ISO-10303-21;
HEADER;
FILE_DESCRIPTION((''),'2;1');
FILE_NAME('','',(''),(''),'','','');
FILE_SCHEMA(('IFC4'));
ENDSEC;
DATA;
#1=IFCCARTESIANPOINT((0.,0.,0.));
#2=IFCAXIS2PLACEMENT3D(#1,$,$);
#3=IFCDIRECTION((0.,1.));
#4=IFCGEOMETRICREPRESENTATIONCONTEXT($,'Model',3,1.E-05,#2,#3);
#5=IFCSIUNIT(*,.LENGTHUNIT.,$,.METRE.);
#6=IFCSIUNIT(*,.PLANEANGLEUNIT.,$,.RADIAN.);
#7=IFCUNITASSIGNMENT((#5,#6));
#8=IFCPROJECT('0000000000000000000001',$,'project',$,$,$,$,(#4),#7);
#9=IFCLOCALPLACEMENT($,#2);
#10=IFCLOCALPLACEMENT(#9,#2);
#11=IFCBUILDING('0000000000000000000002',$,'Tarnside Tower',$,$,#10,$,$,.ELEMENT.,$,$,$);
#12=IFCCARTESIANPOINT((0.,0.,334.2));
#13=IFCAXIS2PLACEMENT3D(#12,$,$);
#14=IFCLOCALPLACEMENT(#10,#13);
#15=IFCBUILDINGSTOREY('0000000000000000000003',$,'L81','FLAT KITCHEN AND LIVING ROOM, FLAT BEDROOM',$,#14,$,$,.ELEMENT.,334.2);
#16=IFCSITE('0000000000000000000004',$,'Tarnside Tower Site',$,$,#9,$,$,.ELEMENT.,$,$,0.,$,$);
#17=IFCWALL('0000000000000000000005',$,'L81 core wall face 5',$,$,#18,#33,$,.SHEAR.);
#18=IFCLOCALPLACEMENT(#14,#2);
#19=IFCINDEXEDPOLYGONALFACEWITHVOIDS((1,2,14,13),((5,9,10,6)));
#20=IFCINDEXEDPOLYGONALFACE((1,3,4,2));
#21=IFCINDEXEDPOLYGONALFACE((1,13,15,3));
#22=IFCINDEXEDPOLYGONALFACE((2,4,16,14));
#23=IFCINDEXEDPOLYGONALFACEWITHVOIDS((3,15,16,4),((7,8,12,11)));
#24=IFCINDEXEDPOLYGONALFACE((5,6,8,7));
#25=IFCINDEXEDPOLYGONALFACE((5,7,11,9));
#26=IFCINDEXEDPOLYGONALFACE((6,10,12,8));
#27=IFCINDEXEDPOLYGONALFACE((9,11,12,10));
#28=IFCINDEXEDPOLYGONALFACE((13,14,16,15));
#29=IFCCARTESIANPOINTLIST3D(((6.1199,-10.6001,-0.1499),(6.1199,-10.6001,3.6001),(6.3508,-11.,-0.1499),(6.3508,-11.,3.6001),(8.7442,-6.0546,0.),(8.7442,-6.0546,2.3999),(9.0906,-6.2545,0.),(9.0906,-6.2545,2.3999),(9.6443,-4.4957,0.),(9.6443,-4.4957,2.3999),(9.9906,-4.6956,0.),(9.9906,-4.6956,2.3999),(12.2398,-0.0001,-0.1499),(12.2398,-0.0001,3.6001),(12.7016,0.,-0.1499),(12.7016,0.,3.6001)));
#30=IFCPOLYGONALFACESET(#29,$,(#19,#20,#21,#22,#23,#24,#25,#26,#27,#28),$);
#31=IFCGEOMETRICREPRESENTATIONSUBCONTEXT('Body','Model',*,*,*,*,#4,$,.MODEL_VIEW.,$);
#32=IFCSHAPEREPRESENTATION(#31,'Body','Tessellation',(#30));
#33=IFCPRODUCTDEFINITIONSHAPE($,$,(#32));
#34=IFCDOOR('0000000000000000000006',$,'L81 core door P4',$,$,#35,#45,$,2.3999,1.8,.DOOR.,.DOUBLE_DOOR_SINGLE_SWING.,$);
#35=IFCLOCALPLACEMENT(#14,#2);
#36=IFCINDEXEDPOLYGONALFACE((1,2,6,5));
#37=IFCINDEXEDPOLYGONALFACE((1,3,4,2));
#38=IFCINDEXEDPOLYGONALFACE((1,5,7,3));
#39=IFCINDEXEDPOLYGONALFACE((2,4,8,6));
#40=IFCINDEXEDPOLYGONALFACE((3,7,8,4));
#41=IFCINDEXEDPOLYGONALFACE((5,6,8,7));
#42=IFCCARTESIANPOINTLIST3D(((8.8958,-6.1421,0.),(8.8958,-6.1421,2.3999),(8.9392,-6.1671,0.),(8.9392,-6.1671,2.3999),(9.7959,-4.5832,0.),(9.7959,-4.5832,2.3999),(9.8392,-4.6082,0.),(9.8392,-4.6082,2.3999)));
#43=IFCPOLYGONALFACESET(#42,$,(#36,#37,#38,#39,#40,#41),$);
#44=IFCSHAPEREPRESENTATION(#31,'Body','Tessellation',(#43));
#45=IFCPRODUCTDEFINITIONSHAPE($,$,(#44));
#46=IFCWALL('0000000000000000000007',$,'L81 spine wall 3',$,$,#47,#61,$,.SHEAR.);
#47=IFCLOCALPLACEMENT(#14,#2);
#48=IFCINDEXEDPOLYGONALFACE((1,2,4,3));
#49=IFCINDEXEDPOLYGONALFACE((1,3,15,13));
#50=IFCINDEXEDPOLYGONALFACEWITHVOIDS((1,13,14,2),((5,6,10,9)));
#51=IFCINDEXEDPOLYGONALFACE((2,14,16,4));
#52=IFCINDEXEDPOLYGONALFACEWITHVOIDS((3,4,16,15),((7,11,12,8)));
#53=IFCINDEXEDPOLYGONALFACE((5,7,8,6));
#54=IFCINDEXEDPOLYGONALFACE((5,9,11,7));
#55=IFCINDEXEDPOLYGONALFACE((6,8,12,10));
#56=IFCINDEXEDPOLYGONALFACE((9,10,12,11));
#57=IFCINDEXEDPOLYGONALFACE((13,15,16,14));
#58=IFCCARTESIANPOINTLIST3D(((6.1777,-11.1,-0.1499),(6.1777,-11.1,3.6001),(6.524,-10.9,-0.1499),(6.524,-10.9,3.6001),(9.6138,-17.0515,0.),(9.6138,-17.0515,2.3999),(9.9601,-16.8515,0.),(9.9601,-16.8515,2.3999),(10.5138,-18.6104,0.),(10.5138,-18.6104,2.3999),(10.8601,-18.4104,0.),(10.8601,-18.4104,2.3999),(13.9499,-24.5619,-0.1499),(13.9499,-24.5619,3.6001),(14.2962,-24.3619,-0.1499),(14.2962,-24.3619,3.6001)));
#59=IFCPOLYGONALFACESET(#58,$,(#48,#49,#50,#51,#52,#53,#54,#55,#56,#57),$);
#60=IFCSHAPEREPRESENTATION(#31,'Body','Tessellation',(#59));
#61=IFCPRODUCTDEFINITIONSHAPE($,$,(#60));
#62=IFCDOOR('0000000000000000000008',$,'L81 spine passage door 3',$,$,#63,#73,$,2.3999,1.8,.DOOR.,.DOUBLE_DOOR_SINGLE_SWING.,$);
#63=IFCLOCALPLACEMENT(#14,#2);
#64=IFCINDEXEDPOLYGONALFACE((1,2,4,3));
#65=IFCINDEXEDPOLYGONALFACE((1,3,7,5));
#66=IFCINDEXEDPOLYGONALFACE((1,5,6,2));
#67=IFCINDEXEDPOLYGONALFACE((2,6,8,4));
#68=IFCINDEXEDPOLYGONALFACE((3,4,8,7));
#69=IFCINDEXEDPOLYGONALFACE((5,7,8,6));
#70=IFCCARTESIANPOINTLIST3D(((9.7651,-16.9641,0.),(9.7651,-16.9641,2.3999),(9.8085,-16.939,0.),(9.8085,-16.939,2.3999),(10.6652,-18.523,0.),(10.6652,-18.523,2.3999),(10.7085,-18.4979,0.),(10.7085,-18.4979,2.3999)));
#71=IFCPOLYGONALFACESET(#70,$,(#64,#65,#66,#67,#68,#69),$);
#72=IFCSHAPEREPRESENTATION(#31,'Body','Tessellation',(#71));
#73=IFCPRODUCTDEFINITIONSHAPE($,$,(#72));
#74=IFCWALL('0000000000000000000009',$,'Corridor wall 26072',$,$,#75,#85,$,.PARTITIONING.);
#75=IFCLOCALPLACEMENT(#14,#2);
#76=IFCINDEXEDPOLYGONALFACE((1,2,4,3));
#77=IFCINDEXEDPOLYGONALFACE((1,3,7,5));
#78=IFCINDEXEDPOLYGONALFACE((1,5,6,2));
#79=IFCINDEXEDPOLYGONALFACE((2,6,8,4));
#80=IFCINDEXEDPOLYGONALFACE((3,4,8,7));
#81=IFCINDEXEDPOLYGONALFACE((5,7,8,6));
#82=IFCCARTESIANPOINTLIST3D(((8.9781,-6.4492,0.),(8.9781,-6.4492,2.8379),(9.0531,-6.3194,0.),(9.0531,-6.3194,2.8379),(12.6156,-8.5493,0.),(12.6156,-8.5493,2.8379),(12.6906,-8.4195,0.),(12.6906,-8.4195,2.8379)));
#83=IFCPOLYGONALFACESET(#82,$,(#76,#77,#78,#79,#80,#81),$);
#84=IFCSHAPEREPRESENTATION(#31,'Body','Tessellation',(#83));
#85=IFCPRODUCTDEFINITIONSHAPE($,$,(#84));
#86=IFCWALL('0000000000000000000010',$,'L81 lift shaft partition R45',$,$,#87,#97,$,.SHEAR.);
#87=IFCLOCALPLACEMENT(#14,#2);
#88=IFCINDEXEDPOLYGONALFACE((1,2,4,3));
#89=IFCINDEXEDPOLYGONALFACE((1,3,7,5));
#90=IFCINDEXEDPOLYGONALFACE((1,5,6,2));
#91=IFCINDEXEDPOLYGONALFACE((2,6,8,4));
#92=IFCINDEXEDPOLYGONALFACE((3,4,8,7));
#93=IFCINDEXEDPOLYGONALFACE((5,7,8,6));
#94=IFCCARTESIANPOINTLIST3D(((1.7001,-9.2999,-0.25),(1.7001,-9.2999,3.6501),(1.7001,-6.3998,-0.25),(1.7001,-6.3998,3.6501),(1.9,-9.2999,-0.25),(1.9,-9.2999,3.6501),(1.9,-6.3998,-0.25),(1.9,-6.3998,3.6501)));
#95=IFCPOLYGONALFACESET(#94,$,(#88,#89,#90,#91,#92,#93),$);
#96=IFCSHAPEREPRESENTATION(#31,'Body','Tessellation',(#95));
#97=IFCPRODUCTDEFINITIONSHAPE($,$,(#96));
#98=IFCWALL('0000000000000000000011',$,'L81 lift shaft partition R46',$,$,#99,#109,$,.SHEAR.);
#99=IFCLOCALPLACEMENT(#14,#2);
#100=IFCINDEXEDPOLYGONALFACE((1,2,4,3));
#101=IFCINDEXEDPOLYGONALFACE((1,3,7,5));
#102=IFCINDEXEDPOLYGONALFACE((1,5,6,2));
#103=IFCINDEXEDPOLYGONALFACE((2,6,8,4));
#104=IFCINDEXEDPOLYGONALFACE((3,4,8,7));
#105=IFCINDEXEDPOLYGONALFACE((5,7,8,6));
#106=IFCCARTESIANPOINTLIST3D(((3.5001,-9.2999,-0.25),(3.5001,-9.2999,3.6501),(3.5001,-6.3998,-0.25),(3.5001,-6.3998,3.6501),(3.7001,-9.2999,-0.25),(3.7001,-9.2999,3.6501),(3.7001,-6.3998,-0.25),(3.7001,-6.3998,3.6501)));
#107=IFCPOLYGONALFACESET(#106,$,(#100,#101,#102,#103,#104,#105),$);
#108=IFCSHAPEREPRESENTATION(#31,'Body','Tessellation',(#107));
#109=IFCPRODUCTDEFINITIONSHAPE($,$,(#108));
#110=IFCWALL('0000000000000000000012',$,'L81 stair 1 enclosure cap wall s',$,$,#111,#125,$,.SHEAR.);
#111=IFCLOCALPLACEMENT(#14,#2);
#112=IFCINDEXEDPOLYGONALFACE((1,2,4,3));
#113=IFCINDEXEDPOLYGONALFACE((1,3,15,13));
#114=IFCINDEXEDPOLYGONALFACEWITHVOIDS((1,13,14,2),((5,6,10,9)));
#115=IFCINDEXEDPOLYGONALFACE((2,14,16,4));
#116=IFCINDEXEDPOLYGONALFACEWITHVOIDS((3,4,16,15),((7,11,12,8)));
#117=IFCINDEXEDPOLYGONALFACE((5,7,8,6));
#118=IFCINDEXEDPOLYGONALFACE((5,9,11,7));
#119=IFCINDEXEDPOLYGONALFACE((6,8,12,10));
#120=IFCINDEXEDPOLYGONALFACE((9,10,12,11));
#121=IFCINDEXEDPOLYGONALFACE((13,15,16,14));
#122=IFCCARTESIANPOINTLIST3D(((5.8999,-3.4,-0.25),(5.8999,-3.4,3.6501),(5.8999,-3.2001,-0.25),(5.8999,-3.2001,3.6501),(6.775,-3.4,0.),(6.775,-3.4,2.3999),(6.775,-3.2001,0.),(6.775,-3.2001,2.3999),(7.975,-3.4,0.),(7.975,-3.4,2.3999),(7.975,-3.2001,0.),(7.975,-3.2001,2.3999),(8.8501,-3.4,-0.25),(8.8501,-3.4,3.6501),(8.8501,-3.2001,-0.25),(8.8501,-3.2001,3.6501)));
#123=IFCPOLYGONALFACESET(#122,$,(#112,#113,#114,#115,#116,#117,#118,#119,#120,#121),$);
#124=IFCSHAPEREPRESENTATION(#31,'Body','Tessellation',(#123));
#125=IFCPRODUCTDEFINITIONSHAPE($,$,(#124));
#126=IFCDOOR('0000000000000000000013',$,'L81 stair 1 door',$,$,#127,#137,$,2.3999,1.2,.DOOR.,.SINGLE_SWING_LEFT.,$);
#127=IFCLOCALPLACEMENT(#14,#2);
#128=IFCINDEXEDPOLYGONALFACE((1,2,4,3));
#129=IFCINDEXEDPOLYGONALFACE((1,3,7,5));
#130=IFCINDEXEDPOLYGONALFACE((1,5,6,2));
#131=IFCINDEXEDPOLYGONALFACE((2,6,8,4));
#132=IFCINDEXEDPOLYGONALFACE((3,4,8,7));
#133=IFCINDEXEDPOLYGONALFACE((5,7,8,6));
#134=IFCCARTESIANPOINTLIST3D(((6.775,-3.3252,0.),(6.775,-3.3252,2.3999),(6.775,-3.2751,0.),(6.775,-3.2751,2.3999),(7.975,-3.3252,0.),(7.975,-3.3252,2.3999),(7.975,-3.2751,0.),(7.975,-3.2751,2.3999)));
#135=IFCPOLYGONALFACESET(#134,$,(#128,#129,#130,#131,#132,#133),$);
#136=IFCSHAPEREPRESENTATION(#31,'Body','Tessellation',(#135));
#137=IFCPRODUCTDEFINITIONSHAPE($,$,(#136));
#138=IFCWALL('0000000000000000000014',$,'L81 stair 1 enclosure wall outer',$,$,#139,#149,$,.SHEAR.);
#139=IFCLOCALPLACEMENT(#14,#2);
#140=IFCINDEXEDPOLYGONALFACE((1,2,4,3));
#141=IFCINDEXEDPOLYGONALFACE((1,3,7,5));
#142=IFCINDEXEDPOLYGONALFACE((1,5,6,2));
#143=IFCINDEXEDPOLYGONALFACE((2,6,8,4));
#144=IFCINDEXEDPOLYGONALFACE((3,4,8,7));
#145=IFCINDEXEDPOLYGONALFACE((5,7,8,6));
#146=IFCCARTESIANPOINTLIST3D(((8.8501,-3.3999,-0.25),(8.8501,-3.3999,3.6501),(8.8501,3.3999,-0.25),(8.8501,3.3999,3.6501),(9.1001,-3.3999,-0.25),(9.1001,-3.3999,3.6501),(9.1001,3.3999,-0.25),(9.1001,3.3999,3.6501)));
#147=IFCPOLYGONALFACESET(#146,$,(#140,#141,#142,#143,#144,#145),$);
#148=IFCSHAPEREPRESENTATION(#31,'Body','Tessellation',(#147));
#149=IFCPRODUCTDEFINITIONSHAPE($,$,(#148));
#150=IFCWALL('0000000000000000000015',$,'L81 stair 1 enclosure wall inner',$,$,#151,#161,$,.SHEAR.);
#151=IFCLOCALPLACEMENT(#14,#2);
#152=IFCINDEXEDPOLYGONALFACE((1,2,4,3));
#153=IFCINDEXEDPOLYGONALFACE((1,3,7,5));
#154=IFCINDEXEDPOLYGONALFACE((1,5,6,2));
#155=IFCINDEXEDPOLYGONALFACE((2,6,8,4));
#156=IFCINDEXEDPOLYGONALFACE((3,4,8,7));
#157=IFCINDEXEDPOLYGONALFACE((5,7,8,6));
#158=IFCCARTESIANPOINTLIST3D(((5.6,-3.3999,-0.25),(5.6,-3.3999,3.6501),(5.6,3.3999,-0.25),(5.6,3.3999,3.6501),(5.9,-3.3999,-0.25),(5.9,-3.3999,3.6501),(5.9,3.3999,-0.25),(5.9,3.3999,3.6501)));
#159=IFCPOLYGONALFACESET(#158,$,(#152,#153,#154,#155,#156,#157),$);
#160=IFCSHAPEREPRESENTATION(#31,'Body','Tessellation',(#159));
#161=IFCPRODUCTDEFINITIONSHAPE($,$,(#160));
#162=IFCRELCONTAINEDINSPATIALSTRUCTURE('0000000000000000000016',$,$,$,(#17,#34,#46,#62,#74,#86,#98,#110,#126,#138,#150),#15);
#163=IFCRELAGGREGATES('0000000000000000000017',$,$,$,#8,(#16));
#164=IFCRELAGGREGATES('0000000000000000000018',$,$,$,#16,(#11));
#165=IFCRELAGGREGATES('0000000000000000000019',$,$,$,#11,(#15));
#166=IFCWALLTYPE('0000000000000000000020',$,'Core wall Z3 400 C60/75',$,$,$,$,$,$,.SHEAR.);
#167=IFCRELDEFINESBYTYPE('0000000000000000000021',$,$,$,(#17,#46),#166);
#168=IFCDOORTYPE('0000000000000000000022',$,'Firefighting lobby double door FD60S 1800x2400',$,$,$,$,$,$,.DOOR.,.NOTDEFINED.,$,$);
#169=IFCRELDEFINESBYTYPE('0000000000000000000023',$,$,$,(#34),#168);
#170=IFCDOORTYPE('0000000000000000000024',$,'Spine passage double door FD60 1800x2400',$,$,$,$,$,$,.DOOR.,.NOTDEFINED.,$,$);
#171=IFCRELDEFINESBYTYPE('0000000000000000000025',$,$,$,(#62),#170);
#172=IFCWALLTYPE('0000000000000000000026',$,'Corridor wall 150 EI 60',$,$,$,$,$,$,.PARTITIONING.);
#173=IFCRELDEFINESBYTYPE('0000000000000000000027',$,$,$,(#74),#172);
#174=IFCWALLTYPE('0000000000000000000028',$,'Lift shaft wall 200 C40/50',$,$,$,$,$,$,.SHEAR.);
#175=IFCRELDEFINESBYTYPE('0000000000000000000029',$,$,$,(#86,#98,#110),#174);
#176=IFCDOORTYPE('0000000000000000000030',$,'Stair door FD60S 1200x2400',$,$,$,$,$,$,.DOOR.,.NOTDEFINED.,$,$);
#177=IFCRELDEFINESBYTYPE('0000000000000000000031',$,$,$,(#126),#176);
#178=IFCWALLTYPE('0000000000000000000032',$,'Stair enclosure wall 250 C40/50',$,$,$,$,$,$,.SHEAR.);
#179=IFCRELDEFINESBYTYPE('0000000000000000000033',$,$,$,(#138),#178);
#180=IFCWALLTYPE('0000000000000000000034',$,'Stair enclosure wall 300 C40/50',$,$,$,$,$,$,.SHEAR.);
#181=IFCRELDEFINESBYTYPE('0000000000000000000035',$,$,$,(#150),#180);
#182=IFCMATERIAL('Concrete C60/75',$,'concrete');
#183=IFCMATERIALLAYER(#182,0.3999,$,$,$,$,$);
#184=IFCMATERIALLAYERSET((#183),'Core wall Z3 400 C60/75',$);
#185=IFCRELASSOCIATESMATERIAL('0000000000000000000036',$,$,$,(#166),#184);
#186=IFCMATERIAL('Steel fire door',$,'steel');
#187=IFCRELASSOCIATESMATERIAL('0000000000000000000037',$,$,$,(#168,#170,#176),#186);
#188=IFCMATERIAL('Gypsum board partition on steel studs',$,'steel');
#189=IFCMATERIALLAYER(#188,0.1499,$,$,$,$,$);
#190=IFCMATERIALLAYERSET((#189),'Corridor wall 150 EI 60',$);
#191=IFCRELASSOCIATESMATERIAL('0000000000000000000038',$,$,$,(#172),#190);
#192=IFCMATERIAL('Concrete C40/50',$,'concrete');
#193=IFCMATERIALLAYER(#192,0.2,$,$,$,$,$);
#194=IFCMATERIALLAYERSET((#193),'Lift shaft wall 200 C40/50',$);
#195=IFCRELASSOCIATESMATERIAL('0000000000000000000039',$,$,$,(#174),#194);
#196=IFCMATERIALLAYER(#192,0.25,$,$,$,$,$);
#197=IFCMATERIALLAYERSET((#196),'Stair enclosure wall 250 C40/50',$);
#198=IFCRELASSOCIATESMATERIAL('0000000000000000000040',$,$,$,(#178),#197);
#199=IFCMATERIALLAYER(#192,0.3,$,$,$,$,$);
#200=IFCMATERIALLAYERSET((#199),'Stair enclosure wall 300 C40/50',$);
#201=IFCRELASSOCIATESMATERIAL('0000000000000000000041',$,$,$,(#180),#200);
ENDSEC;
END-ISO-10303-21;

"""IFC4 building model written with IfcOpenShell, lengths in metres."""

from ifc_helpers import new_model, si_unit, direction, frame, frame_2d, origin, place, context, subcontext, project, spatial, polyline, rectangle, outline, extrude, material, layer, layer_set, type_object, element, fill, save


model = new_model("IFC4")

# Units and contexts
model_context = context("Model", 3, precision=1e-05, world=origin(), true_north=direction((0.0, 1.0)))
body_context = subcontext(model_context, "Body", "Model", "MODEL_VIEW")
ifc_project = project(units=[si_unit("LENGTHUNIT", "METRE"), si_unit("PLANEANGLEUNIT", "RADIAN")], contexts=[model_context])

# Site, building, storey
site_placement = place(None, origin())
site = spatial("IfcSite", under=ifc_project, at=site_placement, Name="Tarnside Tower Site", CompositionType="ELEMENT", RefElevation=0.0)
building_placement = place(site_placement, origin())
building = spatial("IfcBuilding", under=site, at=building_placement, Name="Tarnside Tower", CompositionType="ELEMENT")
storey_placement = place(building_placement, frame((0.0, 0.0, 334.2)))
storey = spatial("IfcBuildingStorey", under=building, at=storey_placement, Name="L81", Description="FLAT KITCHEN AND LIVING ROOM, FLAT BEDROOM", CompositionType="ELEMENT", Elevation=334.2)

# Shared definitions
ifc_material_1 = material(Name="Concrete C40/50", Category="concrete")

# Walls, openings, doors
ifc_material_2 = material(Name="Steel fire door", Category="steel")
ifc_material_3 = material(Name="Concrete C60/75", Category="concrete")
ifc_layer_1 = layer(ifc_material_3, 0.3999)
ifc_layer_set_1 = layer_set([ifc_layer_1], Name="Core wall Z3 400 C60/75")
wall_type_1 = type_object("IfcWallType", Name="Core wall Z3 400 C60/75", PredefinedType="SHEAR", material=ifc_layer_set_1)
wall_1_placement = place(storey_placement, frame((6.2354, -10.8, -0.1499), z_axis=(0.0, 0.0, 1.0), x_axis=(0.499996, 0.866027, 0.0)))
wall_1 = element("IfcWall", 1, at=wall_1_placement, inside=storey, type_object=wall_type_1, Name="L81 core wall face 5", PredefinedType="SHEAR", context=body_context, shape_type="SweptSolid", body=[
    extrude(outline(polyline([(-0.1155, -0.2), (12.5862, -0.2), (12.3552, 0.2), (0.1155, 0.2), (-0.1155, -0.2)])), origin(), (0.0, 0.0, 1.0), 3.75),
])
opening_1_placement = place(wall_1_placement, frame((5.3643, 0.0, 0.1499)))
opening_1 = element("IfcOpeningElement", 2, at=opening_1_placement, cuts=wall_1, PredefinedType="OPENING", context=body_context, shape_type="SweptSolid", body=[
    extrude(rectangle(XDim=1.8, YDim=2.3999, at=frame_2d((0.8999, 1.2))), frame((0.0, 0.21, 0.0), z_axis=(0.0, -1.0, 0.0), x_axis=(1.0, 0.0, 0.0)), (0.0, 0.0, 1.0), 0.4199),
])
door_type_1 = type_object("IfcDoorType", Name="Firefighting lobby double door FD60S 1800x2400", OperationType="NOTDEFINED", PredefinedType="DOOR", material=ifc_material_2)
door_1_placement = place(opening_1_placement, origin())
door_1 = element("IfcDoor", 3, at=door_1_placement, inside=storey, type_object=door_type_1, Name="L81 core door P4", OperationType="DOUBLE_DOOR_SINGLE_SWING", OverallHeight=2.3999, OverallWidth=1.8, PredefinedType="DOOR", context=body_context, shape_type="SweptSolid", body=[
    extrude(rectangle(XDim=1.8, YDim=2.3999, at=frame_2d((0.8999, 1.2))), frame((0.0, 0.0249, 0.0), z_axis=(0.0, -1.0, 0.0), x_axis=(1.0, 0.0, 0.0)), (0.0, 0.0, 1.0), 0.05),
])
fill(opening_1, door_1)
wall_2_placement = place(storey_placement, frame((6.3508, -11.0, -0.1499), z_axis=(0.0, 0.0, 1.0), x_axis=(0.499999, -0.866026, 0.0)))
wall_2 = element("IfcWall", 4, at=wall_2_placement, inside=storey, type_object=wall_type_1, Name="L81 spine wall 3", PredefinedType="SHEAR", context=body_context, shape_type="SweptSolid", body=[
    extrude(rectangle(XDim=15.5444, YDim=0.3999, at=frame_2d((7.7722, 0.0))), origin(), (0.0, 0.0, 1.0), 3.75),
])
opening_2_placement = place(wall_2_placement, frame((6.8723, 0.0, 0.1499)))
opening_2 = element("IfcOpeningElement", 5, at=opening_2_placement, cuts=wall_2, PredefinedType="OPENING", context=body_context, shape_type="SweptSolid", body=[
    extrude(rectangle(XDim=1.8, YDim=2.3999, at=frame_2d((0.8999, 1.2))), frame((0.0, 0.21, 0.0), z_axis=(0.0, -1.0, 0.0), x_axis=(1.0, 0.0, 0.0)), (0.0, 0.0, 1.0), 0.4199),
])
door_type_2 = type_object("IfcDoorType", Name="Spine passage double door FD60 1800x2400", OperationType="NOTDEFINED", PredefinedType="DOOR", material=ifc_material_2)
door_2_placement = place(opening_2_placement, origin())
door_2 = element("IfcDoor", 6, at=door_2_placement, inside=storey, type_object=door_type_2, Name="L81 spine passage door 3", OperationType="DOUBLE_DOOR_SINGLE_SWING", OverallHeight=2.3999, OverallWidth=1.8, PredefinedType="DOOR", context=body_context, shape_type="SweptSolid", body=[
    extrude(rectangle(XDim=1.8, YDim=2.3999, at=frame_2d((0.8999, 1.2))), frame((0.0, 0.0249, 0.0), z_axis=(0.0, -1.0, 0.0), x_axis=(1.0, 0.0, 0.0)), (0.0, 0.0, 1.0), 0.05),
])
fill(opening_2, door_2)

# Walls
ifc_material_4 = material(Name="Gypsum board partition on steel studs", Category="steel")
ifc_layer_2 = layer(ifc_material_4, 0.1499)
ifc_layer_set_2 = layer_set([ifc_layer_2], Name="Corridor wall 150 EI 60")
wall_type_2 = type_object("IfcWallType", Name="Corridor wall 150 EI 60", PredefinedType="PARTITIONING", material=ifc_layer_set_2)
wall_3_placement = place(storey_placement, frame((9.0156, -6.3843, 0.0), z_axis=(0.0, 0.0, 1.0), x_axis=(0.866024, -0.500003, 0.0)))
element("IfcWall", 7, at=wall_3_placement, inside=storey, type_object=wall_type_2, Name="Corridor wall 26072", PredefinedType="PARTITIONING", context=body_context, shape_type="SweptSolid", body=[
    extrude(rectangle(XDim=4.2002, YDim=0.1499, at=frame_2d((2.1001, 0.0))), origin(), (0.0, 0.0, 1.0), 2.8379),
])
ifc_layer_3 = layer(ifc_material_1, 0.2)
ifc_layer_set_3 = layer_set([ifc_layer_3], Name="Lift shaft wall 200 C40/50")
wall_type_3 = type_object("IfcWallType", Name="Lift shaft wall 200 C40/50", PredefinedType="SHEAR", material=ifc_layer_set_3)
for number, where, z_axis, x_axis, name in (
    (8, (1.8, -9.3, -0.25), (0.0, 0.0, 1.0), (0.0, 1.0, 0.0), "L81 lift shaft partition R45"),
    (9, (3.6001, -9.3, -0.25), (0.0, 0.0, 1.0), (0.0, 1.0, 0.0), "L81 lift shaft partition R46"),
):
    element("IfcWall", number, at=place(storey_placement, frame(where, z_axis=z_axis, x_axis=x_axis)), inside=storey, type_object=wall_type_3, Name=name, PredefinedType="SHEAR", context=body_context, shape_type="SweptSolid", body=[
        extrude(rectangle(XDim=2.9001, YDim=0.2, at=frame_2d((1.4502, 0.0))), origin(), (0.0, 0.0, 1.0), 3.9001),
    ])

# Wall, opening, door
wall_4_placement = place(storey_placement, frame((5.8999, -3.3, -0.25), z_axis=(0.0, 0.0, 1.0), x_axis=(1.0, 0.0, 0.0)))
wall_4 = element("IfcWall", 10, at=wall_4_placement, inside=storey, type_object=wall_type_3, Name="L81 stair 1 enclosure cap wall s", PredefinedType="SHEAR", context=body_context, shape_type="SweptSolid", body=[
    extrude(rectangle(XDim=2.9502, YDim=0.2, at=frame_2d((1.4751, 0.0))), origin(), (0.0, 0.0, 1.0), 3.9001),
])
opening_3_placement = place(wall_4_placement, frame((0.875, 0.0, 0.25)))
opening_3 = element("IfcOpeningElement", 11, at=opening_3_placement, cuts=wall_4, PredefinedType="OPENING", context=body_context, shape_type="SweptSolid", body=[
    extrude(rectangle(XDim=1.2, YDim=2.3999, at=frame_2d((0.6001, 1.2))), frame((0.0, 0.1099, 0.0), z_axis=(0.0, -1.0, 0.0), x_axis=(1.0, 0.0, 0.0)), (0.0, 0.0, 1.0), 0.22),
])
door_type_3 = type_object("IfcDoorType", Name="Stair door FD60S 1200x2400", OperationType="NOTDEFINED", PredefinedType="DOOR", material=ifc_material_2)
door_3_placement = place(opening_3_placement, origin())
door_3 = element("IfcDoor", 12, at=door_3_placement, inside=storey, type_object=door_type_3, Name="L81 stair 1 door", OperationType="SINGLE_SWING_LEFT", OverallHeight=2.3999, OverallWidth=1.2, PredefinedType="DOOR", context=body_context, shape_type="SweptSolid", body=[
    extrude(rectangle(XDim=1.2, YDim=2.3999, at=frame_2d((0.6001, 1.2))), frame((0.0, 0.0249, 0.0), z_axis=(0.0, -1.0, 0.0), x_axis=(1.0, 0.0, 0.0)), (0.0, 0.0, 1.0), 0.05),
])
fill(opening_3, door_3)

# Walls
ifc_layer_4 = layer(ifc_material_1, 0.25)
ifc_layer_set_4 = layer_set([ifc_layer_4], Name="Stair enclosure wall 250 C40/50")
wall_type_4 = type_object("IfcWallType", Name="Stair enclosure wall 250 C40/50", PredefinedType="SHEAR", material=ifc_layer_set_4)
wall_5_placement = place(storey_placement, frame((8.9751, -3.3999, -0.25), z_axis=(0.0, 0.0, 1.0), x_axis=(0.0, 1.0, 0.0)))
element("IfcWall", 13, at=wall_5_placement, inside=storey, type_object=wall_type_4, Name="L81 stair 1 enclosure wall outer", PredefinedType="SHEAR", context=body_context, shape_type="SweptSolid", body=[
    extrude(rectangle(XDim=6.7998, YDim=0.25, at=frame_2d((3.3999, 0.0))), origin(), (0.0, 0.0, 1.0), 3.9001),
])
ifc_layer_5 = layer(ifc_material_1, 0.3)
ifc_layer_set_5 = layer_set([ifc_layer_5], Name="Stair enclosure wall 300 C40/50")
wall_type_5 = type_object("IfcWallType", Name="Stair enclosure wall 300 C40/50", PredefinedType="SHEAR", material=ifc_layer_set_5)
wall_6_placement = place(storey_placement, frame((5.75, -3.3999, -0.25), z_axis=(0.0, 0.0, 1.0), x_axis=(0.0, 1.0, 0.0)))
element("IfcWall", 14, at=wall_6_placement, inside=storey, type_object=wall_type_5, Name="L81 stair 1 enclosure wall inner", PredefinedType="SHEAR", context=body_context, shape_type="SweptSolid", body=[
    extrude(rectangle(XDim=6.7998, YDim=0.3, at=frame_2d((3.3999, 0.0))), origin(), (0.0, 0.0, 1.0), 3.9001),
])

save(model, "model.ifc")
